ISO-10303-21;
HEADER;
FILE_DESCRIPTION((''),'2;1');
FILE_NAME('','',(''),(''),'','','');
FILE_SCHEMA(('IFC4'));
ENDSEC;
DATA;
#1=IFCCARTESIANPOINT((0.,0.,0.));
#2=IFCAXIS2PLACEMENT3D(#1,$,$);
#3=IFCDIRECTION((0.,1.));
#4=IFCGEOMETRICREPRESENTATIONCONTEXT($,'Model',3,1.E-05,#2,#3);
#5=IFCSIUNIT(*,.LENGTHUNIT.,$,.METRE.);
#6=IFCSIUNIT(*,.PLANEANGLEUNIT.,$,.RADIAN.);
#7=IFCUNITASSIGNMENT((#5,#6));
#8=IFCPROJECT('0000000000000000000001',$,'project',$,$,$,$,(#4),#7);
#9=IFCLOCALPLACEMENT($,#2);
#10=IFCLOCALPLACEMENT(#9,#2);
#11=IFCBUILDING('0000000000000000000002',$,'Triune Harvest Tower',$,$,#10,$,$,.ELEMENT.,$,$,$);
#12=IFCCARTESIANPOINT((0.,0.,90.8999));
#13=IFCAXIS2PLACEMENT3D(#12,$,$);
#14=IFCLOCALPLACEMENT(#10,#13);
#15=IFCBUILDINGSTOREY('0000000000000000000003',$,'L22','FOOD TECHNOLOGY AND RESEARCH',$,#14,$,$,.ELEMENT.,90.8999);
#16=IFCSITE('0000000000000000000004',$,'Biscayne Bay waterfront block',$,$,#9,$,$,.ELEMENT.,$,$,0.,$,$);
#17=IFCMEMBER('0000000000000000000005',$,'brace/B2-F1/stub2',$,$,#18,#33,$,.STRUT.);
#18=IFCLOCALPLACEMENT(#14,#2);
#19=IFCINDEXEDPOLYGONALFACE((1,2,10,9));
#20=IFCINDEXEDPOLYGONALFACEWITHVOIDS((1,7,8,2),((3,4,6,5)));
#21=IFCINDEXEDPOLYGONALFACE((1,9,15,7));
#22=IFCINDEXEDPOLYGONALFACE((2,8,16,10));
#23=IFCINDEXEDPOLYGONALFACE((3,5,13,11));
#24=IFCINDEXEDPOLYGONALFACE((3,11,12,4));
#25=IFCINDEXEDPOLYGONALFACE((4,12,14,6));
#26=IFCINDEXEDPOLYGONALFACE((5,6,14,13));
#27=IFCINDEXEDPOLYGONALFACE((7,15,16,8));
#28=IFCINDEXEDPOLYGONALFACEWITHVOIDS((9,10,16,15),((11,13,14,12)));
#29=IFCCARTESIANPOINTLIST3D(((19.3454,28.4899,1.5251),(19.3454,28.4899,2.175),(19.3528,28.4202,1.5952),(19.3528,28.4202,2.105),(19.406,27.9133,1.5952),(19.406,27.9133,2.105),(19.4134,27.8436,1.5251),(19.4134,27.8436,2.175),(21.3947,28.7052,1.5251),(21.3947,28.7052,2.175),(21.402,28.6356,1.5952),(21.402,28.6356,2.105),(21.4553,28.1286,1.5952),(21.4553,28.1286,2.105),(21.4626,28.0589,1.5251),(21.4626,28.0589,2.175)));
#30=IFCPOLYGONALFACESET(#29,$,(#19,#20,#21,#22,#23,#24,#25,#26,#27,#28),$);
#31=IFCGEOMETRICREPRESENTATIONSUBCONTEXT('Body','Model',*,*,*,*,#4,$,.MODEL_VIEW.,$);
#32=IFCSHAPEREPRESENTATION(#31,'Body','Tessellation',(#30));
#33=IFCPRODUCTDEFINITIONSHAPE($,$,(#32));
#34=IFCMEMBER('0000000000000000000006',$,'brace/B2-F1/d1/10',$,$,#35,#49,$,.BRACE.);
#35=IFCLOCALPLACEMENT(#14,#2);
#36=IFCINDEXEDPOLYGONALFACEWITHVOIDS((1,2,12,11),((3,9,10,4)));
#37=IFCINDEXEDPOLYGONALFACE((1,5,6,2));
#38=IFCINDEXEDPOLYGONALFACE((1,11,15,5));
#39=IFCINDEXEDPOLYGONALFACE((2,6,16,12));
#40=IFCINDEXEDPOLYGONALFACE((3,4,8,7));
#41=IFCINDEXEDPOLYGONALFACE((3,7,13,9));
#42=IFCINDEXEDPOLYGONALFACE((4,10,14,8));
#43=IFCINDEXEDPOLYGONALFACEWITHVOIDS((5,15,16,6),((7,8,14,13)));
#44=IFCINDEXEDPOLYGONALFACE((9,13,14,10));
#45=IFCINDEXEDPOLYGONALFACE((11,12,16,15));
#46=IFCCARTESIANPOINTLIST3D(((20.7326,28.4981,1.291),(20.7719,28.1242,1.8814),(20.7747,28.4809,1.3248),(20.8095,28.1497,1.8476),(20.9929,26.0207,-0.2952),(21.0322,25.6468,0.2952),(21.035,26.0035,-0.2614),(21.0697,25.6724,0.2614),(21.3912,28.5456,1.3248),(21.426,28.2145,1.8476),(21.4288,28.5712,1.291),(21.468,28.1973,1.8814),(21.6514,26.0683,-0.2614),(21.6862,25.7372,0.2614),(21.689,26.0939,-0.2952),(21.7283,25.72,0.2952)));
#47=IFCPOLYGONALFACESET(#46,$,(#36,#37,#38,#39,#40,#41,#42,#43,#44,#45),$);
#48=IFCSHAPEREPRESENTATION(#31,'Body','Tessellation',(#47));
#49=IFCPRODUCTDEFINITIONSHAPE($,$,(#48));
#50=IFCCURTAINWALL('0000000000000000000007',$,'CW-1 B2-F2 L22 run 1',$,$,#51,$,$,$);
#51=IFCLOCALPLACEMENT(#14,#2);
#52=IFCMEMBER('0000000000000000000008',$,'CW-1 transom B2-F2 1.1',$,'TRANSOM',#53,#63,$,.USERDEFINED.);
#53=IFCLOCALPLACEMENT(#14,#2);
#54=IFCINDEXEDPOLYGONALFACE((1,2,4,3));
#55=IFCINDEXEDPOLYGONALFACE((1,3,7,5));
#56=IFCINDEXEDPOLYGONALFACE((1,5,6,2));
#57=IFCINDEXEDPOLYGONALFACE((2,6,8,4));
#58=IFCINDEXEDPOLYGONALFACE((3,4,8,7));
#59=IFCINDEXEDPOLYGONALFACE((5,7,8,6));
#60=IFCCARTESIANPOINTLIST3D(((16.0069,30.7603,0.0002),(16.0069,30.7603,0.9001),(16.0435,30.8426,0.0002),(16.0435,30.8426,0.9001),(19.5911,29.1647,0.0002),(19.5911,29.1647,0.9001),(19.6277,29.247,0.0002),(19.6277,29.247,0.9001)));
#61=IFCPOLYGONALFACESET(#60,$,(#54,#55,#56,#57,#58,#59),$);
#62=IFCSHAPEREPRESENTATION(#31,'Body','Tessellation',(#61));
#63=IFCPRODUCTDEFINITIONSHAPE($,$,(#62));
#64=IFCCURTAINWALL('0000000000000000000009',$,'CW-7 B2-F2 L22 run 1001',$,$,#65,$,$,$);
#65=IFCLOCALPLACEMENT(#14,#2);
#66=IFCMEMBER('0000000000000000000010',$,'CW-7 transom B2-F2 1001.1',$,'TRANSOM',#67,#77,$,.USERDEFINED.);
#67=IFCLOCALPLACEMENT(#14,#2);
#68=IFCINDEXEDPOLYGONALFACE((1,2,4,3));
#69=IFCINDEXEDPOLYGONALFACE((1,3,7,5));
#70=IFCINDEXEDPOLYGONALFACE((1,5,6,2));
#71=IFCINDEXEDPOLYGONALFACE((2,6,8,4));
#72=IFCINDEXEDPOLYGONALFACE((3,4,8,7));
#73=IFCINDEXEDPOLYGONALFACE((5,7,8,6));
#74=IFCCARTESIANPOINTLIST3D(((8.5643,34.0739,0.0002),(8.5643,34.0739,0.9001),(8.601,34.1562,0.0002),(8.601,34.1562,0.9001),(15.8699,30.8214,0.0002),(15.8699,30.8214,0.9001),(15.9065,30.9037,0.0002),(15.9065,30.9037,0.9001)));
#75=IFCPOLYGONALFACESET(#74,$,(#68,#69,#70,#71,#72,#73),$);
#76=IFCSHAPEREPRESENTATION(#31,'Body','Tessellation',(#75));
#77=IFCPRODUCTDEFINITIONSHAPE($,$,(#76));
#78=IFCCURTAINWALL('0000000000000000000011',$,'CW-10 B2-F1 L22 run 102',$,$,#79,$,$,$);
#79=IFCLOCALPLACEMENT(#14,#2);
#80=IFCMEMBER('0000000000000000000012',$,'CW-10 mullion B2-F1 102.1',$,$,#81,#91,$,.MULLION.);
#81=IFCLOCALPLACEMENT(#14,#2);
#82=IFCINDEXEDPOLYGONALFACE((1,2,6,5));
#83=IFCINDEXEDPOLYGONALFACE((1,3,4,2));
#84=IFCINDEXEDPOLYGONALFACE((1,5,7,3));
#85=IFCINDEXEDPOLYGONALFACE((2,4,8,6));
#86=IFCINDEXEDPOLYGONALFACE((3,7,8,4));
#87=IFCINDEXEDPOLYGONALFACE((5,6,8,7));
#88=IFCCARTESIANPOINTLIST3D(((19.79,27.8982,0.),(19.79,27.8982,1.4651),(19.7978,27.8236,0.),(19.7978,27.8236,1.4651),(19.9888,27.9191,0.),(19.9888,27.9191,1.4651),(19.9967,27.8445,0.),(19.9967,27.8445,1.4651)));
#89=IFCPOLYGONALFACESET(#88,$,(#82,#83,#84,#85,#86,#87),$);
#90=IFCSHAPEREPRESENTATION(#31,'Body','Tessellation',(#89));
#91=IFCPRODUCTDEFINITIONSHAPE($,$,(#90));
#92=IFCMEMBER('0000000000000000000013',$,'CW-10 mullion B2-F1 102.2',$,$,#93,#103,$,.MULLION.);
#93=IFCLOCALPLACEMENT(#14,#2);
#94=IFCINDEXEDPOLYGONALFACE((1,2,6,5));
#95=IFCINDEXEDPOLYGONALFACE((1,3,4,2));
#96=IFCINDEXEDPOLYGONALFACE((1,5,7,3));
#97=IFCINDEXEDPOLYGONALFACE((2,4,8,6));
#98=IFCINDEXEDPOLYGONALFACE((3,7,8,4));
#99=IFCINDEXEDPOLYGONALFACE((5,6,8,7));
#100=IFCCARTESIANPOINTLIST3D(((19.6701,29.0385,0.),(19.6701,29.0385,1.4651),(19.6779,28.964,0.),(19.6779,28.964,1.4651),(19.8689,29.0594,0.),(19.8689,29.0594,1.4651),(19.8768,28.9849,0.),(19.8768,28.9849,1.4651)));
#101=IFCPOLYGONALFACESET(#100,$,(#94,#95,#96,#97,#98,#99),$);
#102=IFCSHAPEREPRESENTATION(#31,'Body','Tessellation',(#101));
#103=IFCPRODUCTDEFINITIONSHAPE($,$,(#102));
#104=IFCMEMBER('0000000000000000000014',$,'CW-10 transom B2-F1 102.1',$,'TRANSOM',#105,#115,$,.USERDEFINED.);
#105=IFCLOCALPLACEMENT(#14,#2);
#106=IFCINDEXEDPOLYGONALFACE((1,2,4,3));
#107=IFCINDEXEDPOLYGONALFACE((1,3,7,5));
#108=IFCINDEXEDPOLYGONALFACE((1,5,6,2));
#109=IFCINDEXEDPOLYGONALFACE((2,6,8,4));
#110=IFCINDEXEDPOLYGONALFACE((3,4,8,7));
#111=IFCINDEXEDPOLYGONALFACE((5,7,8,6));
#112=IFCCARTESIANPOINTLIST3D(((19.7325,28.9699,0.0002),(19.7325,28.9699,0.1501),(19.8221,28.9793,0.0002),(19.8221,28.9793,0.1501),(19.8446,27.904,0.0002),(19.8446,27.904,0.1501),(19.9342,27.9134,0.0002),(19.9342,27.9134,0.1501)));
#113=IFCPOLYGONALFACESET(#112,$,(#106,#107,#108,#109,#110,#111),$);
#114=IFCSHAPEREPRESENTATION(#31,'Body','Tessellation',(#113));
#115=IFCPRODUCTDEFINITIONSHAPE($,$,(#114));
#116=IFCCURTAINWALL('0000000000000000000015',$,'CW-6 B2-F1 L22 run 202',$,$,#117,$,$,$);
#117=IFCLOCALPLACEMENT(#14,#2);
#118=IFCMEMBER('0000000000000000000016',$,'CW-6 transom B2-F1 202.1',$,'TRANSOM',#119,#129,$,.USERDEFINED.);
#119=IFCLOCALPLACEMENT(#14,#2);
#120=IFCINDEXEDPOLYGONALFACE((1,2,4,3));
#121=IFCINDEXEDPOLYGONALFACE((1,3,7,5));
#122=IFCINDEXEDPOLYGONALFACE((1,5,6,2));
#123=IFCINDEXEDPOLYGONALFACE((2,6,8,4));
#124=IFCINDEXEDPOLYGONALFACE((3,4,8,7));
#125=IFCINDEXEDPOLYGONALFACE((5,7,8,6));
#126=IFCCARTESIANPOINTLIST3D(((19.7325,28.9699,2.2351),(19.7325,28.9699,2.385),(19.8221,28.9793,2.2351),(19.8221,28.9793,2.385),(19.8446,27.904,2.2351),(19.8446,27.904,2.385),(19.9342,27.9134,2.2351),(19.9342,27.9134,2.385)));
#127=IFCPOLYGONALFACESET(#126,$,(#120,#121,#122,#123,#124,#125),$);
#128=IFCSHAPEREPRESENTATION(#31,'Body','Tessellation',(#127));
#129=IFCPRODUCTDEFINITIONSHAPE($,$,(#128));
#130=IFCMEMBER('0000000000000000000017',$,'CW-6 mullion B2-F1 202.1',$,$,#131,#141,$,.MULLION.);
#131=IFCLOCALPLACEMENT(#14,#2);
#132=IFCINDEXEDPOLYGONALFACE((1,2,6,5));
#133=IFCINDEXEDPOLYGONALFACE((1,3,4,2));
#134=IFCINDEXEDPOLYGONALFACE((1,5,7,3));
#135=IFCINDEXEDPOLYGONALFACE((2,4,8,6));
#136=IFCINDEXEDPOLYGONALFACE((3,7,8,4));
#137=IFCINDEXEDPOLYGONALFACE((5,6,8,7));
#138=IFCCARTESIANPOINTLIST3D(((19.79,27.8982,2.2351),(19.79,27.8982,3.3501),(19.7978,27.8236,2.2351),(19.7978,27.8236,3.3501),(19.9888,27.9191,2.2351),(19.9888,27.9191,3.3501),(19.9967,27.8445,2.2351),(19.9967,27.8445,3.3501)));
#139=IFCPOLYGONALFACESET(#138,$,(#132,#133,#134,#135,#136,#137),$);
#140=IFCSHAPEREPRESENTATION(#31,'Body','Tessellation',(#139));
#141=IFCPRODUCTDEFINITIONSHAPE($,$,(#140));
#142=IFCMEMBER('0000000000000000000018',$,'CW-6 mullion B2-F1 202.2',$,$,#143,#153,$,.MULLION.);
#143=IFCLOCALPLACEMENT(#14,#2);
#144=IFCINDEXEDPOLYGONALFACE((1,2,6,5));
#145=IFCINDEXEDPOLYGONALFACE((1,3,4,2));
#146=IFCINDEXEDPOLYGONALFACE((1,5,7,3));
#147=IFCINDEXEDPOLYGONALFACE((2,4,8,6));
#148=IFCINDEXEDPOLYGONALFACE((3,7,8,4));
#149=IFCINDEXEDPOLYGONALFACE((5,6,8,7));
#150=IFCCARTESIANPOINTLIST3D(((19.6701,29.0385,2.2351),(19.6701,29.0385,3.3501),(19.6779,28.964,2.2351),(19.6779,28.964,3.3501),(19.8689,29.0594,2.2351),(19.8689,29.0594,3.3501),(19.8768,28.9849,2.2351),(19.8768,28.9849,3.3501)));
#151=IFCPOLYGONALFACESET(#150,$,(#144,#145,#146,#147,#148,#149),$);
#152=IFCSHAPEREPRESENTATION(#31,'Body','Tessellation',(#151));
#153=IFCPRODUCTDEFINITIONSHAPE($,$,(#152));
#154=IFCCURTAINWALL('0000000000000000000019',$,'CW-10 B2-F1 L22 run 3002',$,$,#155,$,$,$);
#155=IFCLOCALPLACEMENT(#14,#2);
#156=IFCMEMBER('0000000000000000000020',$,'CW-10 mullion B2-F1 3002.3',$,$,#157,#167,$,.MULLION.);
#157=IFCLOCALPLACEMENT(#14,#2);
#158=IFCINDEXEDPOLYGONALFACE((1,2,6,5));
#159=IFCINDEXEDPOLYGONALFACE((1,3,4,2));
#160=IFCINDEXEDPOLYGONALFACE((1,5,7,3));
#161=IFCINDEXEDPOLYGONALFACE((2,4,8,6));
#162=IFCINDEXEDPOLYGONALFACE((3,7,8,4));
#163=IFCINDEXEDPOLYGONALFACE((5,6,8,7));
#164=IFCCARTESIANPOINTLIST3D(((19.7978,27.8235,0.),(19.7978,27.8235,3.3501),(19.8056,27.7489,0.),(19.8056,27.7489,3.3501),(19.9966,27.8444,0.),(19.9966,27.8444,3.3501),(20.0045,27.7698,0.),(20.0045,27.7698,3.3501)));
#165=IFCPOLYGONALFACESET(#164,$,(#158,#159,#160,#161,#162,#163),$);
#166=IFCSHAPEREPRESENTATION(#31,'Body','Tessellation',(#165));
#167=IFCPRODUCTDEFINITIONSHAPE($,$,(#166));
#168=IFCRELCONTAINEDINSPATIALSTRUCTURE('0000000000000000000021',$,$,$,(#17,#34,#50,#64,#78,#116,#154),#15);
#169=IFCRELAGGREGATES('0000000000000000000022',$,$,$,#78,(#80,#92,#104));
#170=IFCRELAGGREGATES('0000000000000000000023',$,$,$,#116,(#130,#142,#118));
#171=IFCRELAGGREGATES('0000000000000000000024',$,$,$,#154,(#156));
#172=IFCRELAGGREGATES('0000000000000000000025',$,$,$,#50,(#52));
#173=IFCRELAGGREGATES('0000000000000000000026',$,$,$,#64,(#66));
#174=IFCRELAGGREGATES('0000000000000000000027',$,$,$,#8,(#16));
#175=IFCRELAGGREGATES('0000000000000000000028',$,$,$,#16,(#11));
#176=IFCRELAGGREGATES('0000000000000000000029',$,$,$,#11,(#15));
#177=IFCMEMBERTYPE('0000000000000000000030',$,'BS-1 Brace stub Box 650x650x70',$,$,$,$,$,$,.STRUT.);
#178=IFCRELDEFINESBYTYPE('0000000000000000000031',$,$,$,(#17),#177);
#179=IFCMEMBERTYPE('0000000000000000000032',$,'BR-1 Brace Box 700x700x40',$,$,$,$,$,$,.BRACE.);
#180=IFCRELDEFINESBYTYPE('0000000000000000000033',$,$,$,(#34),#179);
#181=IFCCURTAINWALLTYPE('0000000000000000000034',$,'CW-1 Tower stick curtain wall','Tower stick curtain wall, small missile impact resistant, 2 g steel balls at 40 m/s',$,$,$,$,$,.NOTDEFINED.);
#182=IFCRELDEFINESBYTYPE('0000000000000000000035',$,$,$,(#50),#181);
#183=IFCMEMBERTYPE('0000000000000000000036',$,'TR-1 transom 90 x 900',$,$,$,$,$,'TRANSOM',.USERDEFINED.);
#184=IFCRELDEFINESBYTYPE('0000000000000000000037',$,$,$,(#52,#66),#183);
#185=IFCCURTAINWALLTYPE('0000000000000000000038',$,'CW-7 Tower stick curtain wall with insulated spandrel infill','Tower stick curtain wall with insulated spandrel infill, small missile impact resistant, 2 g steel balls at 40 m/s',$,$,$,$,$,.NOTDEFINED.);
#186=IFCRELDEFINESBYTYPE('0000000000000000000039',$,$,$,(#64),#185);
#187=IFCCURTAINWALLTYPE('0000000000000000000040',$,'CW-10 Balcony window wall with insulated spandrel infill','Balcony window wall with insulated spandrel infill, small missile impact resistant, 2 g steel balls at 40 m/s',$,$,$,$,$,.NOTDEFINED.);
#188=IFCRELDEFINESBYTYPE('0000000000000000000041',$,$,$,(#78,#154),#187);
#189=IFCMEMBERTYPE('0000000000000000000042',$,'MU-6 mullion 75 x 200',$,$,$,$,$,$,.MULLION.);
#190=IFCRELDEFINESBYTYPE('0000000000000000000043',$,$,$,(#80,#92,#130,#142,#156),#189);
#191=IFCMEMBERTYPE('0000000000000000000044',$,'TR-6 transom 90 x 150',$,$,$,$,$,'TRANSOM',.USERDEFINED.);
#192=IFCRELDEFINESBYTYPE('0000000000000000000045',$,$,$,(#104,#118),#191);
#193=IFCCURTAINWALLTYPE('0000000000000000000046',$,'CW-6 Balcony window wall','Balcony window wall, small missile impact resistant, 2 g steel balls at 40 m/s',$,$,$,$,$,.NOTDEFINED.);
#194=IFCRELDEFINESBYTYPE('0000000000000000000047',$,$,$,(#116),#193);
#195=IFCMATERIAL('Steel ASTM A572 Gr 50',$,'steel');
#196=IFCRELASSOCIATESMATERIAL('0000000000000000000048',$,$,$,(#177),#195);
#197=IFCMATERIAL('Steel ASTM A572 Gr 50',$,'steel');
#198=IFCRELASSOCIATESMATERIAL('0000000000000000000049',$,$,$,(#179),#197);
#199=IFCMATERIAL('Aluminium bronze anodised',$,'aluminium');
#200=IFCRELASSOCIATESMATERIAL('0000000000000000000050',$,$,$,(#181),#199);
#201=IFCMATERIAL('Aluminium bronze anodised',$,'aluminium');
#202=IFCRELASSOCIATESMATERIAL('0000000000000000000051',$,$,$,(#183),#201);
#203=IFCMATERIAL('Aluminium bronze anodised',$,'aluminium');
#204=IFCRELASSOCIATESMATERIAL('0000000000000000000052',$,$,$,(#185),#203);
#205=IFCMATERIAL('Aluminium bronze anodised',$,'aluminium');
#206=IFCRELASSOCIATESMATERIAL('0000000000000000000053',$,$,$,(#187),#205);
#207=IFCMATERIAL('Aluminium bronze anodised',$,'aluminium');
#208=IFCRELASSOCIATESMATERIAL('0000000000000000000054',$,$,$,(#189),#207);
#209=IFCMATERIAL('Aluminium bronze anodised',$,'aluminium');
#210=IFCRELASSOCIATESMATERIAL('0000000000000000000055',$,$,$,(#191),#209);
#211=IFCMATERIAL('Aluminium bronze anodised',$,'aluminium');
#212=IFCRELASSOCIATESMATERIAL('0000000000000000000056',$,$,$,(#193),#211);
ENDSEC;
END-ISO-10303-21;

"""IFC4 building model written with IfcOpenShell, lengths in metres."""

from ifc_helpers import new_model, si_unit, direction, frame, origin, origin_2d, place, context, subcontext, project, spatial, rectangle, hollow_rectangle, extrude, source, transform, mapped, material, material_profile, profile_set, type_object, element, aggregate, save


model = new_model("IFC4")

# Units and contexts
model_context = context("Model", 3, precision=1e-05, world=origin(), true_north=direction((0.0, 1.0)))
body_context = subcontext(model_context, "Body", "Model", "MODEL_VIEW")
ifc_project = project(units=[si_unit("LENGTHUNIT", "METRE"), si_unit("PLANEANGLEUNIT", "RADIAN")], contexts=[model_context])

# Site, building, storey
site_placement = place(None, origin())
site = spatial("IfcSite", under=ifc_project, at=site_placement, Name="Biscayne Bay waterfront block", CompositionType="ELEMENT", RefElevation=0.0)
building_placement = place(site_placement, origin())
building = spatial("IfcBuilding", under=site, at=building_placement, Name="Triune Harvest Tower", CompositionType="ELEMENT")
storey_placement = place(building_placement, frame((0.0, 0.0, 90.8999)))
storey = spatial("IfcBuildingStorey", under=building, at=storey_placement, Name="L22", Description="FOOD TECHNOLOGY AND RESEARCH", CompositionType="ELEMENT", Elevation=90.8999)

# Members
ifc_material_1 = material(Name="Steel ASTM A572 Gr 50", Category="steel")
ifc_material_profile_1 = material_profile(ifc_material_1, hollow_rectangle(XDim=0.6499, YDim=0.6499, WallThickness=0.0701, at=origin_2d()), Name="Box 650x650x70")
ifc_profile_set_1 = profile_set([ifc_material_profile_1], Name="Steel ASTM A572 Gr 50")
member_type_1 = type_object("IfcMemberType", Name="BS-1 Brace stub Box 650x650x70", PredefinedType="STRUT", material=ifc_profile_set_1)
shared_shape_1 = source(origin(), body_context, "Body", "SweptSolid", [
    extrude(hollow_rectangle(XDim=0.6499, YDim=0.6499, WallThickness=0.0701, at=origin_2d()), origin(), (0.0, 0.0, 1.0), 2.0605),
])
member_1_placement = place(storey_placement, frame((19.3794, 28.1667, 1.8501), z_axis=(0.994525, 0.1045, 0.0), x_axis=(-0.1045, 0.994525, 0.0)))
element("IfcMember", 1, at=member_1_placement, inside=storey, type_object=member_type_1, Name="brace/B2-F1/stub2", PredefinedType="STRUT", context=body_context, shape_type="MappedRepresentation", body=[
    mapped(shared_shape_1, transform((0.0, 0.0, 0.0), scale=1.0)),
])
ifc_material_2 = material(Name="Steel ASTM A572 Gr 50", Category="steel")
ifc_material_profile_2 = material_profile(ifc_material_2, hollow_rectangle(XDim=0.7, YDim=0.7, WallThickness=0.04, at=origin_2d()), Name="Box 700x700x40")
ifc_profile_set_2 = profile_set([ifc_material_profile_2], Name="Steel ASTM A572 Gr 50")
member_type_2 = type_object("IfcMemberType", Name="BR-1 Brace Box 700x700x40", PredefinedType="BRACE", material=ifc_profile_set_2)
shared_shape_2 = source(origin(), body_context, "Body", "SweptSolid", [
    extrude(hollow_rectangle(XDim=0.7, YDim=0.7, WallThickness=0.04, at=origin_2d()), origin(), (0.0, 0.0, 1.0), 2.9531),
])
member_2_placement = place(storey_placement, frame((21.3606, 25.8704, 0.0), z_axis=(-0.08813, 0.838885, 0.537127), x_axis=(-0.994527, -0.104481, 0.0)))
element("IfcMember", 2, at=member_2_placement, inside=storey, type_object=member_type_2, Name="brace/B2-F1/d1/10", PredefinedType="BRACE", context=body_context, shape_type="MappedRepresentation", body=[
    mapped(shared_shape_2, transform((0.0, 0.0, 0.0), scale=1.0)),
])

# Curtain walls, members
ifc_material_3 = material(Name="Aluminium bronze anodised", Category="aluminium")
curtain_wall_type_1 = type_object("IfcCurtainWallType", Name="CW-1 Tower stick curtain wall", Description="Tower stick curtain wall, small missile impact resistant, 2 g steel balls at 40 m/s", PredefinedType="NOTDEFINED", material=ifc_material_3)
curtain_wall_1_placement = place(storey_placement, origin())
curtain_wall_1 = element("IfcCurtainWall", 3, at=curtain_wall_1_placement, inside=storey, type_object=curtain_wall_type_1, Name="CW-1 B2-F2 L22 run 1")
ifc_material_4 = material(Name="Aluminium bronze anodised", Category="aluminium")
ifc_material_profile_3 = material_profile(ifc_material_4, rectangle(XDim=0.0901, YDim=0.8999, at=origin_2d()), Name="TR-1 transom 90 x 900")
ifc_profile_set_3 = profile_set([ifc_material_profile_3], Name="Aluminium bronze anodised")
member_type_3 = type_object("IfcMemberType", Name="TR-1 transom 90 x 900", ElementType="TRANSOM", PredefinedType="USERDEFINED", material=ifc_profile_set_3)
shared_shape_3 = source(origin(), body_context, "Body", "SweptSolid", [
    extrude(rectangle(XDim=0.0901, YDim=0.8999, at=origin_2d()), origin(), (0.0, 0.0, 1.0), 3.9233),
])
member_3_placement = place(storey_placement, frame((19.6094, 29.2058, 0.4502), z_axis=(-0.913555, 0.406716, 0.0), x_axis=(-0.406716, -0.913555, 0.0)))
member_3 = element("IfcMember", 4, at=member_3_placement, type_object=member_type_3, Name="CW-1 transom B2-F2 1.1", ObjectType="TRANSOM", PredefinedType="USERDEFINED", context=body_context, shape_type="MappedRepresentation", body=[
    mapped(shared_shape_3, transform((0.0, 0.0, 0.0), scale=1.0)),
])
ifc_material_5 = material(Name="Aluminium bronze anodised", Category="aluminium")
curtain_wall_type_2 = type_object("IfcCurtainWallType", Name="CW-7 Tower stick curtain wall with insulated spandrel infill", Description="Tower stick curtain wall with insulated spandrel infill, small missile impact resistant, 2 g steel balls at 40 m/s", PredefinedType="NOTDEFINED", material=ifc_material_5)
curtain_wall_2_placement = place(storey_placement, origin())
curtain_wall_2 = element("IfcCurtainWall", 5, at=curtain_wall_2_placement, inside=storey, type_object=curtain_wall_type_2, Name="CW-7 B2-F2 L22 run 1001")
shared_shape_4 = source(origin(), body_context, "Body", "SweptSolid", [
    extrude(rectangle(XDim=0.0901, YDim=0.8999, at=origin_2d()), origin(), (0.0, 0.0, 1.0), 7.9968),
])
member_4_placement = place(storey_placement, frame((15.8882, 30.8625, 0.4502), z_axis=(-0.913552, 0.406722, 0.0), x_axis=(-0.406722, -0.913552, 0.0)))
member_4 = element("IfcMember", 6, at=member_4_placement, type_object=member_type_3, Name="CW-7 transom B2-F2 1001.1", ObjectType="TRANSOM", PredefinedType="USERDEFINED", context=body_context, shape_type="MappedRepresentation", body=[
    mapped(shared_shape_4, transform((0.0, 0.0, 0.0), scale=1.0)),
])

# Curtain walls, members
ifc_material_6 = material(Name="Aluminium bronze anodised", Category="aluminium")
curtain_wall_type_3 = type_object("IfcCurtainWallType", Name="CW-10 Balcony window wall with insulated spandrel infill", Description="Balcony window wall with insulated spandrel infill, small missile impact resistant, 2 g steel balls at 40 m/s", PredefinedType="NOTDEFINED", material=ifc_material_6)
curtain_wall_3_placement = place(storey_placement, origin())
curtain_wall_3 = element("IfcCurtainWall", 7, at=curtain_wall_3_placement, inside=storey, type_object=curtain_wall_type_3, Name="CW-10 B2-F1 L22 run 102")
ifc_material_7 = material(Name="Aluminium bronze anodised", Category="aluminium")
ifc_material_profile_4 = material_profile(ifc_material_7, rectangle(XDim=0.2, YDim=0.075, at=origin_2d()), Name="MU-6 mullion 75 x 200")
ifc_profile_set_4 = profile_set([ifc_material_profile_4], Name="Aluminium bronze anodised")
member_type_4 = type_object("IfcMemberType", Name="MU-6 mullion 75 x 200", PredefinedType="MULLION", material=ifc_profile_set_4)
shared_shape_5 = source(origin(), body_context, "Body", "SweptSolid", [
    extrude(rectangle(XDim=0.2, YDim=0.075, at=origin_2d()), origin(), (0.0, 0.0, 1.0), 1.4651),
])
member_5_placement = place(storey_placement, frame((19.8933, 27.8713, 0.0), z_axis=(0.0, 0.0, 1.0), x_axis=(-0.994523, -0.104519, 0.0)))
member_5 = element("IfcMember", 8, at=member_5_placement, type_object=member_type_4, Name="CW-10 mullion B2-F1 102.1", PredefinedType="MULLION", context=body_context, shape_type="MappedRepresentation", body=[
    mapped(shared_shape_5, transform((0.0, 0.0, 0.0), scale=1.0)),
])
member_6_placement = place(storey_placement, frame((19.7734, 29.0117, 0.0), z_axis=(0.0, 0.0, 1.0), x_axis=(-0.994523, -0.104519, 0.0)))
member_6 = element("IfcMember", 9, at=member_6_placement, type_object=member_type_4, Name="CW-10 mullion B2-F1 102.2", PredefinedType="MULLION", context=body_context, shape_type="MappedRepresentation", body=[
    mapped(shared_shape_5, transform((0.0, 0.0, 0.0), scale=1.0)),
])
ifc_material_8 = material(Name="Aluminium bronze anodised", Category="aluminium")
ifc_material_profile_5 = material_profile(ifc_material_8, rectangle(XDim=0.0901, YDim=0.1499, at=origin_2d()), Name="TR-6 transom 90 x 150")
ifc_profile_set_5 = profile_set([ifc_material_profile_5], Name="Aluminium bronze anodised")
member_type_5 = type_object("IfcMemberType", Name="TR-6 transom 90 x 150", ElementType="TRANSOM", PredefinedType="USERDEFINED", material=ifc_profile_set_5)
shared_shape_6 = source(origin(), body_context, "Body", "SweptSolid", [
    extrude(rectangle(XDim=0.0901, YDim=0.1499, at=origin_2d()), origin(), (0.0, 0.0, 1.0), 1.0718),
])
member_7_placement = place(storey_placement, frame((19.8894, 27.9087, 0.0752), z_axis=(-0.104554, 0.994519, 0.0), x_axis=(-0.994519, -0.104554, 0.0)))
member_7 = element("IfcMember", 10, at=member_7_placement, type_object=member_type_5, Name="CW-10 transom B2-F1 102.1", ObjectType="TRANSOM", PredefinedType="USERDEFINED", context=body_context, shape_type="MappedRepresentation", body=[
    mapped(shared_shape_6, transform((0.0, 0.0, 0.0), scale=1.0)),
])
ifc_material_9 = material(Name="Aluminium bronze anodised", Category="aluminium")
curtain_wall_type_4 = type_object("IfcCurtainWallType", Name="CW-6 Balcony window wall", Description="Balcony window wall, small missile impact resistant, 2 g steel balls at 40 m/s", PredefinedType="NOTDEFINED", material=ifc_material_9)
curtain_wall_4_placement = place(storey_placement, origin())
curtain_wall_4 = element("IfcCurtainWall", 11, at=curtain_wall_4_placement, inside=storey, type_object=curtain_wall_type_4, Name="CW-6 B2-F1 L22 run 202")
member_8_placement = place(storey_placement, frame((19.8894, 27.9087, 2.3101), z_axis=(-0.104554, 0.994519, 0.0), x_axis=(-0.994519, -0.104554, 0.0)))
member_8 = element("IfcMember", 12, at=member_8_placement, type_object=member_type_5, Name="CW-6 transom B2-F1 202.1", ObjectType="TRANSOM", PredefinedType="USERDEFINED", context=body_context, shape_type="MappedRepresentation", body=[
    mapped(shared_shape_6, transform((0.0, 0.0, 0.0), scale=1.0)),
])
shared_shape_7 = source(origin(), body_context, "Body", "SweptSolid", [
    extrude(rectangle(XDim=0.2, YDim=0.075, at=origin_2d()), origin(), (0.0, 0.0, 1.0), 1.115),
])
member_9_placement = place(storey_placement, frame((19.8933, 27.8713, 2.2351), z_axis=(0.0, 0.0, 1.0), x_axis=(-0.994523, -0.104519, 0.0)))
member_9 = element("IfcMember", 13, at=member_9_placement, type_object=member_type_4, Name="CW-6 mullion B2-F1 202.1", PredefinedType="MULLION", context=body_context, shape_type="MappedRepresentation", body=[
    mapped(shared_shape_7, transform((0.0, 0.0, 0.0), scale=1.0)),
])
member_10_placement = place(storey_placement, frame((19.7734, 29.0117, 2.2351), z_axis=(0.0, 0.0, 1.0), x_axis=(-0.994523, -0.104519, 0.0)))
member_10 = element("IfcMember", 14, at=member_10_placement, type_object=member_type_4, Name="CW-6 mullion B2-F1 202.2", PredefinedType="MULLION", context=body_context, shape_type="MappedRepresentation", body=[
    mapped(shared_shape_7, transform((0.0, 0.0, 0.0), scale=1.0)),
])

# Curtain wall, member
curtain_wall_5_placement = place(storey_placement, origin())
curtain_wall_5 = element("IfcCurtainWall", 15, at=curtain_wall_5_placement, inside=storey, type_object=curtain_wall_type_3, Name="CW-10 B2-F1 L22 run 3002")
shared_shape_8 = source(origin(), body_context, "Body", "SweptSolid", [
    extrude(rectangle(XDim=0.2, YDim=0.075, at=origin_2d()), origin(), (0.0, 0.0, 1.0), 3.3501),
])
member_11_placement = place(storey_placement, frame((19.9011, 27.7966, 0.0), z_axis=(0.0, 0.0, 1.0), x_axis=(-0.994522, -0.104525, 0.0)))
member_11 = element("IfcMember", 16, at=member_11_placement, type_object=member_type_4, Name="CW-10 mullion B2-F1 3002.3", PredefinedType="MULLION", context=body_context, shape_type="MappedRepresentation", body=[
    mapped(shared_shape_8, transform((0.0, 0.0, 0.0), scale=1.0)),
])

aggregate(curtain_wall_3, [member_5, member_6, member_7])
aggregate(curtain_wall_4, [member_9, member_10, member_8])
aggregate(curtain_wall_5, [member_11])
aggregate(curtain_wall_1, [member_3])
aggregate(curtain_wall_2, [member_4])

save(model, "model.ifc")
